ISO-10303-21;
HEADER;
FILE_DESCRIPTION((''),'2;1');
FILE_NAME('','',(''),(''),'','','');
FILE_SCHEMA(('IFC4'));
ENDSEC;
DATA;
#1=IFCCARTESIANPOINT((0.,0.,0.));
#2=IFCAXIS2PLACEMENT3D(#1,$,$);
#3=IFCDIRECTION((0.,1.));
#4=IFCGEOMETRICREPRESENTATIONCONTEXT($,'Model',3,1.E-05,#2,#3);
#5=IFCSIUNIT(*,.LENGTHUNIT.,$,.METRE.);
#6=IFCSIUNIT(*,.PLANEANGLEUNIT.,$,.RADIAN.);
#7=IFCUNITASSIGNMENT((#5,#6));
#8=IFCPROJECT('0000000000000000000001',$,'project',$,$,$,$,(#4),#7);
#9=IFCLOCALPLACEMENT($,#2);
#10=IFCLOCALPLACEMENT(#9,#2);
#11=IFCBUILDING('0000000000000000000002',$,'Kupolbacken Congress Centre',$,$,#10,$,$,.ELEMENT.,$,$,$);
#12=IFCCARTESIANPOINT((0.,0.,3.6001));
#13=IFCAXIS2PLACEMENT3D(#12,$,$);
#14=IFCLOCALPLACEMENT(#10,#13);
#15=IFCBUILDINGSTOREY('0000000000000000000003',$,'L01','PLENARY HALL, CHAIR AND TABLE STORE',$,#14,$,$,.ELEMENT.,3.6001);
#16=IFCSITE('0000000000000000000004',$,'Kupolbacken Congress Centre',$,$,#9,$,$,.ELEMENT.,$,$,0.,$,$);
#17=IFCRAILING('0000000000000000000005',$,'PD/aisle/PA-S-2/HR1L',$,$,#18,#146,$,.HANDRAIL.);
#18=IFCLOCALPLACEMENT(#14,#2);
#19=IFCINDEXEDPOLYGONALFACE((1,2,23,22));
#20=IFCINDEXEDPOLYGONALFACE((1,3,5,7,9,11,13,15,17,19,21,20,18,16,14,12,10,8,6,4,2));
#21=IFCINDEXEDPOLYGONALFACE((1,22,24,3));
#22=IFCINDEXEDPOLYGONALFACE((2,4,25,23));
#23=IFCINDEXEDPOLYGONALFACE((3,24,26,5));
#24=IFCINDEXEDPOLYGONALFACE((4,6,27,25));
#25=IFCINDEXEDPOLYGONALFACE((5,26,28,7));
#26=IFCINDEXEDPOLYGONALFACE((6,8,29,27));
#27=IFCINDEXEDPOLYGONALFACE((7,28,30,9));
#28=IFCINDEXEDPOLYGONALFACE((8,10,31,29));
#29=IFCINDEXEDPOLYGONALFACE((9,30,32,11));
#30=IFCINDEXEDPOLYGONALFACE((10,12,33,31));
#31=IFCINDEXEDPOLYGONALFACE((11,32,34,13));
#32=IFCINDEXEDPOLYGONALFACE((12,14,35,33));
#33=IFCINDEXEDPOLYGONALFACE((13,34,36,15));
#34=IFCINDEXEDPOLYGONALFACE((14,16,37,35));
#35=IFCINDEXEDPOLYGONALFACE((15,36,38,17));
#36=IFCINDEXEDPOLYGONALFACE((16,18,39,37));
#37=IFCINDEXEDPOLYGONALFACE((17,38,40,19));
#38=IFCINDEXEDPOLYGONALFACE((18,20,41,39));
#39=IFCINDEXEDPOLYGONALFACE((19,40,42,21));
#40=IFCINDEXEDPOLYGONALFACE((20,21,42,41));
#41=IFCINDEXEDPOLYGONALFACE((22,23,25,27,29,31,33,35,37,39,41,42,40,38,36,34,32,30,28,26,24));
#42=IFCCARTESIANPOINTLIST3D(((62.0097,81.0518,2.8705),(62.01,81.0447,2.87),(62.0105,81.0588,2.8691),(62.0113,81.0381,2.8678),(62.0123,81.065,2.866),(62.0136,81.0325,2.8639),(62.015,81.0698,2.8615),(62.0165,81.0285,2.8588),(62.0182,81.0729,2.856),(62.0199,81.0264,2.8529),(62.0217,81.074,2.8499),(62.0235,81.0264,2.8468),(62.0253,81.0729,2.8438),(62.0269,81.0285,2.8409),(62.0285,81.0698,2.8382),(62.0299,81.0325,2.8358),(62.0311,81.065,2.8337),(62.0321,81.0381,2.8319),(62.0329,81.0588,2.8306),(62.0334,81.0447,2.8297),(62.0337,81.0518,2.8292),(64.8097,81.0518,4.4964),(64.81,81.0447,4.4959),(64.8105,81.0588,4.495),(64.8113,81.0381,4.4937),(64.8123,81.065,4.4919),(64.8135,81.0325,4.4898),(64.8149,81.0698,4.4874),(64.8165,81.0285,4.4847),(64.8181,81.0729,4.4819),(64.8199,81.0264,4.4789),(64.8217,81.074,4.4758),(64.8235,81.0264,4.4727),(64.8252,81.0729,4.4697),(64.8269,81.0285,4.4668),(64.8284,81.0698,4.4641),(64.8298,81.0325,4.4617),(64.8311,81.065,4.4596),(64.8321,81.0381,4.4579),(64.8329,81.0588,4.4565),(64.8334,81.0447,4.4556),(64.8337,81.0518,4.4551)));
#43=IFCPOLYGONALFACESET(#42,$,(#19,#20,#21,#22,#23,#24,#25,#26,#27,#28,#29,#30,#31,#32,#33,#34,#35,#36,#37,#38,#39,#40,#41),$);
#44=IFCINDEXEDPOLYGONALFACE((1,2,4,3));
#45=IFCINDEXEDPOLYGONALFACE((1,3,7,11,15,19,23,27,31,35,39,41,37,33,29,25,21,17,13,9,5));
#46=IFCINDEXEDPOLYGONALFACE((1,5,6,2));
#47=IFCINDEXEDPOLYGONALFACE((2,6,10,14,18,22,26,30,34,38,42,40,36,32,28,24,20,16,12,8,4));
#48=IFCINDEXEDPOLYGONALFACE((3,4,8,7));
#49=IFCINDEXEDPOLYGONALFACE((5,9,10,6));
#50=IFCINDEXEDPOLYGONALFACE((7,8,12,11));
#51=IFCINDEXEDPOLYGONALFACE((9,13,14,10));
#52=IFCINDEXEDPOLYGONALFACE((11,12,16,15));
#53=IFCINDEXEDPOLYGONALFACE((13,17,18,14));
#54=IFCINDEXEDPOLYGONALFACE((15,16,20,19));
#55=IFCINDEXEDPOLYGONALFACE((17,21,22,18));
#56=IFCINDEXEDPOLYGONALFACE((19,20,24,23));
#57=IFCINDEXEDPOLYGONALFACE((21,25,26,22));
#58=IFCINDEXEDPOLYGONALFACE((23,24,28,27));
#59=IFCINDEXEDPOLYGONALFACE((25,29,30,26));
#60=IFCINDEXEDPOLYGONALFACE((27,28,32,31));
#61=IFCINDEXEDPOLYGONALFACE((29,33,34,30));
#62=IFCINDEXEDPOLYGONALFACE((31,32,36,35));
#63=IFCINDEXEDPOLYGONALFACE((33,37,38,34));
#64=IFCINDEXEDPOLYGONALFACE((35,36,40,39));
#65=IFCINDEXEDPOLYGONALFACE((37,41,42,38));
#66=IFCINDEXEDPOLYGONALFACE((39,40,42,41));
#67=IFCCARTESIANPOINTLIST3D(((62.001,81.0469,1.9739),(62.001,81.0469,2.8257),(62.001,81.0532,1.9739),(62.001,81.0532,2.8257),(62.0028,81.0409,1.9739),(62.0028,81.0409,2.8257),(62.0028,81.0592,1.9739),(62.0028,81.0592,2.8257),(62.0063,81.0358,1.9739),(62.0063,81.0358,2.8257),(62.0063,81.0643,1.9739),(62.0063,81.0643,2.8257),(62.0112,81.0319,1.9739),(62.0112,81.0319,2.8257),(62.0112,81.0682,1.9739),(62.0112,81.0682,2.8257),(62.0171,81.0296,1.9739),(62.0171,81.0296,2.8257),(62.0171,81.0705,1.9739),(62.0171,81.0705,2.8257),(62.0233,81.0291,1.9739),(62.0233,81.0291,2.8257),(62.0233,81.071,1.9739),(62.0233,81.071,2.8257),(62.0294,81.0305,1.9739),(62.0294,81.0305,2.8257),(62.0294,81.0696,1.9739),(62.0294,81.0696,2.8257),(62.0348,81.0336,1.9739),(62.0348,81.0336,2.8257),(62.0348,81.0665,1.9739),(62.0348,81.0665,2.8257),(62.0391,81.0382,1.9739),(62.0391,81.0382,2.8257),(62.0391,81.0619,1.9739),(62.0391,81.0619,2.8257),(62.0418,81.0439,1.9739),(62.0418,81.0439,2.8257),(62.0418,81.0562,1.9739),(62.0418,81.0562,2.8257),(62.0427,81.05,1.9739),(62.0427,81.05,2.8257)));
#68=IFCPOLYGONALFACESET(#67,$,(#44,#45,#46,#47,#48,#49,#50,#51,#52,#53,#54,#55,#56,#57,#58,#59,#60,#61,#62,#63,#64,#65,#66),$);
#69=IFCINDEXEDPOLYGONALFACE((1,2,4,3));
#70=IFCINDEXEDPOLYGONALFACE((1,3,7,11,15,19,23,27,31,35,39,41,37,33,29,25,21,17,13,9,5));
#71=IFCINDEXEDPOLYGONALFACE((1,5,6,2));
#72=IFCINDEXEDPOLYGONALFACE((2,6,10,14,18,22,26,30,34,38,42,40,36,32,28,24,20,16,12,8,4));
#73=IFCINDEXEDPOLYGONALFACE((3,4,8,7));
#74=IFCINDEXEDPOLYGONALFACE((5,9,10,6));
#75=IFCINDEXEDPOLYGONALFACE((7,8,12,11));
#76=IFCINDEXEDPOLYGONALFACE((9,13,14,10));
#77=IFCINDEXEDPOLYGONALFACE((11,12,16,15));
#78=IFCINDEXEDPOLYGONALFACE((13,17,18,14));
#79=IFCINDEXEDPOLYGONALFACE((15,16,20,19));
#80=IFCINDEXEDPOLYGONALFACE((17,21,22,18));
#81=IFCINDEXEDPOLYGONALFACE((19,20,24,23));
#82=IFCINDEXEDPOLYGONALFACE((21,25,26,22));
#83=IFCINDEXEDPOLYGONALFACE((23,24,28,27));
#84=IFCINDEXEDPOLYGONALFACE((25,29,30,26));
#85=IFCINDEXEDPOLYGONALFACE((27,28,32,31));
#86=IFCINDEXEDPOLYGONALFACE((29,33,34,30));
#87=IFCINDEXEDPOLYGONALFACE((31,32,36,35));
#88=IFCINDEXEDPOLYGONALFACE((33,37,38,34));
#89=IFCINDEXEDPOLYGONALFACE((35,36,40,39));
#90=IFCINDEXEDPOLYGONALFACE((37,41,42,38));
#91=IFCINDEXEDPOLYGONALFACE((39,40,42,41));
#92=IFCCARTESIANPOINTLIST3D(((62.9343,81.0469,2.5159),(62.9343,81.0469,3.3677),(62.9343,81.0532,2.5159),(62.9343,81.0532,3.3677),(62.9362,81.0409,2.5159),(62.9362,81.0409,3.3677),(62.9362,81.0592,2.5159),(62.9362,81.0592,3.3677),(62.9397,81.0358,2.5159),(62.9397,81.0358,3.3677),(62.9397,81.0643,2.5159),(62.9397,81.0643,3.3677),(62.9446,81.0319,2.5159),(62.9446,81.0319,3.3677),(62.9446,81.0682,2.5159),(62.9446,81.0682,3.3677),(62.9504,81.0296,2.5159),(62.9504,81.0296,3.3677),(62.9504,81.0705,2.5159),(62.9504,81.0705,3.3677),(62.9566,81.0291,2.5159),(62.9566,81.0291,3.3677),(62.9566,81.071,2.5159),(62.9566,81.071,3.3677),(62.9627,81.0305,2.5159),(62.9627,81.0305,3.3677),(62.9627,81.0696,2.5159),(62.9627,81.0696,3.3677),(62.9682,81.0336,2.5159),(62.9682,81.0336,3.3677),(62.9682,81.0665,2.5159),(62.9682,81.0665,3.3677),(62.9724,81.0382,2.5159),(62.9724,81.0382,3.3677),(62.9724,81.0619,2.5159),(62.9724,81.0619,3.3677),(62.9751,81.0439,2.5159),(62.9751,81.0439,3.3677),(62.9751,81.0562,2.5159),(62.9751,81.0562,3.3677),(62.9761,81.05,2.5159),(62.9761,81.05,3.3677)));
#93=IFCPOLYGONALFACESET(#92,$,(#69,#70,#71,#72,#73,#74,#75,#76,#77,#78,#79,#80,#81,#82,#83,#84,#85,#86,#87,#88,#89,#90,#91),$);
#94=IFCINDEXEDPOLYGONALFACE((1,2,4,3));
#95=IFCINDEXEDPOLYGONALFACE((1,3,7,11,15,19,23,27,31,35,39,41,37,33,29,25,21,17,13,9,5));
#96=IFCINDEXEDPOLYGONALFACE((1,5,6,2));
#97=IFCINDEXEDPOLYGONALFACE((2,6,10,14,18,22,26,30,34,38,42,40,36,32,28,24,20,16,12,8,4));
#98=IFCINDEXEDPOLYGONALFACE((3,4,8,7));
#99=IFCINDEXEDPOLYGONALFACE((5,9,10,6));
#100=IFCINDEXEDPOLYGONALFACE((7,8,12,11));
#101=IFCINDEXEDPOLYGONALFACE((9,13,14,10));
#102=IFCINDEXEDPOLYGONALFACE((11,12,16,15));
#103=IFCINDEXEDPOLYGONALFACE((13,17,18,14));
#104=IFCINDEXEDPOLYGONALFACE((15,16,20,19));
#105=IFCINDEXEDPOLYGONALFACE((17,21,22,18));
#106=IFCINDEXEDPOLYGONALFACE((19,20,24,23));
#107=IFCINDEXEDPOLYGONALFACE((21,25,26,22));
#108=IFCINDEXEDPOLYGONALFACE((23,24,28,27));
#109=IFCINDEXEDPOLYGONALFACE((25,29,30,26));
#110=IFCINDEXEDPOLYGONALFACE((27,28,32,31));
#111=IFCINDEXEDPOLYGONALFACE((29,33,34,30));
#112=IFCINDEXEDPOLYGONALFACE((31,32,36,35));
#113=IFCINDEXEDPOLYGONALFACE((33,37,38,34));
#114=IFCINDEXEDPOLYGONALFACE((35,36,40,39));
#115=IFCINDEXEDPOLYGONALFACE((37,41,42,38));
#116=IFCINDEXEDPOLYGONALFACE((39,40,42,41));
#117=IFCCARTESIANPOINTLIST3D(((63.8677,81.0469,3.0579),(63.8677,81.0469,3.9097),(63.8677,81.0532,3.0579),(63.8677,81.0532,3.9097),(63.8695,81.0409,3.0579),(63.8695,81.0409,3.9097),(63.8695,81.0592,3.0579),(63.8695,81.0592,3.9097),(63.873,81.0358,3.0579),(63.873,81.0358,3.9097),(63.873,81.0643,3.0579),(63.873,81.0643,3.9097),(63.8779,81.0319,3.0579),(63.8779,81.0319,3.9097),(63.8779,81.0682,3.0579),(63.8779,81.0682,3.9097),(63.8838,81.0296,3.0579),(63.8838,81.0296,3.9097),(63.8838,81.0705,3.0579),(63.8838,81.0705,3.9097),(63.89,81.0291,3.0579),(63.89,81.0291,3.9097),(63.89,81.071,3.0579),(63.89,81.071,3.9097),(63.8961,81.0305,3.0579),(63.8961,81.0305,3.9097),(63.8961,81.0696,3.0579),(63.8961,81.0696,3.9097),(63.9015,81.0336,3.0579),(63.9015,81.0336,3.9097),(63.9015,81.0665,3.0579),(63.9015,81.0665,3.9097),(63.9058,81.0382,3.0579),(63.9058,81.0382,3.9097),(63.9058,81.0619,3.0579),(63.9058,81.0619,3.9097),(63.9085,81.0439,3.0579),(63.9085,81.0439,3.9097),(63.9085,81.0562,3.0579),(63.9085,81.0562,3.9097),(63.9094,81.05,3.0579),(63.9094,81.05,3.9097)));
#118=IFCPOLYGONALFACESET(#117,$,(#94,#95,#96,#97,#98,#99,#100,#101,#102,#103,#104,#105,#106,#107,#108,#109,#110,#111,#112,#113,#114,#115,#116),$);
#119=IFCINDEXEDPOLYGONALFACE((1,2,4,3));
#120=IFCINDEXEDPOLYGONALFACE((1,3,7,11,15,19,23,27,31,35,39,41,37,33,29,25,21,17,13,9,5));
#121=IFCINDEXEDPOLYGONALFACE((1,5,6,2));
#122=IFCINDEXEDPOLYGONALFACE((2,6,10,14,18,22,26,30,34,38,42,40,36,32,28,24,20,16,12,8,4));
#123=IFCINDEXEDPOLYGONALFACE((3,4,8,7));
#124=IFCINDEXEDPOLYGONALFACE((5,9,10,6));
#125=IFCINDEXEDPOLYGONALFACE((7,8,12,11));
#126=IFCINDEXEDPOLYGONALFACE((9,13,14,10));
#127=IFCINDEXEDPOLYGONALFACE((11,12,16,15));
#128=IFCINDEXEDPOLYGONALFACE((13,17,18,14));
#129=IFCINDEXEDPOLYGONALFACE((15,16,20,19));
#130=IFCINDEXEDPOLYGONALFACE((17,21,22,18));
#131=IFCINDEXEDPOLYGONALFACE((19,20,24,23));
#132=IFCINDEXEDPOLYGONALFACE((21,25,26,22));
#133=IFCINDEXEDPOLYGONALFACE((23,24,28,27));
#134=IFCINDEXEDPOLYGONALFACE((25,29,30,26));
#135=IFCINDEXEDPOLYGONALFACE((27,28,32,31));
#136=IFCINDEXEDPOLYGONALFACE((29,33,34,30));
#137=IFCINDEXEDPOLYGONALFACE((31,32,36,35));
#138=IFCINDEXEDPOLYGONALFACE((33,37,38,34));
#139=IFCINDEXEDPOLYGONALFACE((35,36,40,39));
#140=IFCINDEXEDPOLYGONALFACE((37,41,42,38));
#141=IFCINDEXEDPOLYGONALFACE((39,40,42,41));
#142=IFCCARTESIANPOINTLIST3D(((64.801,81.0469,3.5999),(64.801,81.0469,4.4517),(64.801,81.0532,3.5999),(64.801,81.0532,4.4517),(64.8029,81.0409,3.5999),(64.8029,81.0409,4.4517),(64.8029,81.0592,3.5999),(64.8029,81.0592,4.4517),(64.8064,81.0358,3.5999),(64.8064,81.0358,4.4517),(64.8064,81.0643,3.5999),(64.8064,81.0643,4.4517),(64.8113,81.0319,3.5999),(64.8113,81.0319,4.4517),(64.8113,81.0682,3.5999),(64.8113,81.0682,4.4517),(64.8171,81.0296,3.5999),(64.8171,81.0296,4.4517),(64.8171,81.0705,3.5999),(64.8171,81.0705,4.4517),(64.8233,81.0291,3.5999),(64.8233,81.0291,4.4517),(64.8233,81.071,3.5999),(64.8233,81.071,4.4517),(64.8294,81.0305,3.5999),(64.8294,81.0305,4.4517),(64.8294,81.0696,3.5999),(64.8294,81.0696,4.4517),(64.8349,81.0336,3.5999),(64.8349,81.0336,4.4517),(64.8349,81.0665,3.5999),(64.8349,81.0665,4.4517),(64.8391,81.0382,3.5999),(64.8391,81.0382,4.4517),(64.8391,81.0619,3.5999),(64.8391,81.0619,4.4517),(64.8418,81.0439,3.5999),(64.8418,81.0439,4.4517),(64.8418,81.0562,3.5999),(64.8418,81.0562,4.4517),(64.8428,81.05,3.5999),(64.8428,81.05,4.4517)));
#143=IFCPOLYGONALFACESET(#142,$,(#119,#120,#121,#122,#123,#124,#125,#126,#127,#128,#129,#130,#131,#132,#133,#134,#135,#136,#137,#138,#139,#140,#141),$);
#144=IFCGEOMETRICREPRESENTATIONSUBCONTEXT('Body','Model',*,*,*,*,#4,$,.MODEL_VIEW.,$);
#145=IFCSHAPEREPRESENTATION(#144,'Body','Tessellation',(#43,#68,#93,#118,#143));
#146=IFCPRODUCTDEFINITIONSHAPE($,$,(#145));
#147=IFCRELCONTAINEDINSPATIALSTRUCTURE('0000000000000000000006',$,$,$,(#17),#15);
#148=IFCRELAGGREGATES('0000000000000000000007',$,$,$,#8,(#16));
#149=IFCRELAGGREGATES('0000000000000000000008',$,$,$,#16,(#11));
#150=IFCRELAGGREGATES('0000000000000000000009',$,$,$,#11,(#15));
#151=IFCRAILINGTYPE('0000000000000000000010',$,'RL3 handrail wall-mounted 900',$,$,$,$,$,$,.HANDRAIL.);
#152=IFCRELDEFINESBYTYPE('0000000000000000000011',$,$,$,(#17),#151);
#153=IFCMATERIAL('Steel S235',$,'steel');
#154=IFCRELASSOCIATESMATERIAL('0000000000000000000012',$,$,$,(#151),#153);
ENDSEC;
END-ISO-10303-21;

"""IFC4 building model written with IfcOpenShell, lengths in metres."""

from ifc_helpers import new_model, si_unit, direction, frame, origin, origin_2d, place, context, subcontext, project, spatial, circle, extrude, material, type_object, element, save


model = new_model("IFC4")

# Units and contexts
model_context = context("Model", 3, precision=1e-05, world=origin(), true_north=direction((0.0, 1.0)))
body_context = subcontext(model_context, "Body", "Model", "MODEL_VIEW")
ifc_project = project(units=[si_unit("LENGTHUNIT", "METRE"), si_unit("PLANEANGLEUNIT", "RADIAN")], contexts=[model_context])

# Site, building, storey
site_placement = place(None, origin())
site = spatial("IfcSite", under=ifc_project, at=site_placement, Name="Kupolbacken Congress Centre", CompositionType="ELEMENT", RefElevation=0.0)
building_placement = place(site_placement, origin())
building = spatial("IfcBuilding", under=site, at=building_placement, Name="Kupolbacken Congress Centre", CompositionType="ELEMENT")
storey_placement = place(building_placement, frame((0.0, 0.0, 3.6001)))
storey = spatial("IfcBuildingStorey", under=building, at=storey_placement, Name="L01", Description="PLENARY HALL, CHAIR AND TABLE STORE", CompositionType="ELEMENT", Elevation=3.6001)

# Railing
ifc_material_1 = material(Name="Steel S235", Category="steel")
railing_type_1 = type_object("IfcRailingType", Name="RL3 handrail wall-mounted 900", PredefinedType="HANDRAIL", material=ifc_material_1)
for number, where, name in (
    (1, (62.0217, 81.05, 1.9739), "PD/aisle/PA-S-2/HR1L"),
):
    element("IfcRailing", number, at=place(storey_placement, frame(where)), inside=storey, type_object=railing_type_1, Name=name, PredefinedType="HANDRAIL", context=body_context, shape_type="SweptSolid", body=[
        extrude(circle(Radius=0.0239, at=origin_2d()), frame((0.0, 0.0, 0.876), z_axis=(0.86477, 0.0, 0.502168), x_axis=(0.0, 1.0, 0.0)), (0.0, 0.0, 1.0), 3.2378),
        extrude(circle(Radius=0.021, at=origin_2d()), origin(), (0.0, 0.0, 1.0), 0.8518),
        extrude(circle(Radius=0.021, at=origin_2d()), frame((0.9333, 0.0, 0.542)), (0.0, 0.0, 1.0), 0.8518),
        extrude(circle(Radius=0.021, at=origin_2d()), frame((1.8667, 0.0, 1.084)), (0.0, 0.0, 1.0), 0.8518),
        extrude(circle(Radius=0.021, at=origin_2d()), frame((2.8, 0.0, 1.626)), (0.0, 0.0, 1.0), 0.8518),
    ])

save(model, "model.ifc")
